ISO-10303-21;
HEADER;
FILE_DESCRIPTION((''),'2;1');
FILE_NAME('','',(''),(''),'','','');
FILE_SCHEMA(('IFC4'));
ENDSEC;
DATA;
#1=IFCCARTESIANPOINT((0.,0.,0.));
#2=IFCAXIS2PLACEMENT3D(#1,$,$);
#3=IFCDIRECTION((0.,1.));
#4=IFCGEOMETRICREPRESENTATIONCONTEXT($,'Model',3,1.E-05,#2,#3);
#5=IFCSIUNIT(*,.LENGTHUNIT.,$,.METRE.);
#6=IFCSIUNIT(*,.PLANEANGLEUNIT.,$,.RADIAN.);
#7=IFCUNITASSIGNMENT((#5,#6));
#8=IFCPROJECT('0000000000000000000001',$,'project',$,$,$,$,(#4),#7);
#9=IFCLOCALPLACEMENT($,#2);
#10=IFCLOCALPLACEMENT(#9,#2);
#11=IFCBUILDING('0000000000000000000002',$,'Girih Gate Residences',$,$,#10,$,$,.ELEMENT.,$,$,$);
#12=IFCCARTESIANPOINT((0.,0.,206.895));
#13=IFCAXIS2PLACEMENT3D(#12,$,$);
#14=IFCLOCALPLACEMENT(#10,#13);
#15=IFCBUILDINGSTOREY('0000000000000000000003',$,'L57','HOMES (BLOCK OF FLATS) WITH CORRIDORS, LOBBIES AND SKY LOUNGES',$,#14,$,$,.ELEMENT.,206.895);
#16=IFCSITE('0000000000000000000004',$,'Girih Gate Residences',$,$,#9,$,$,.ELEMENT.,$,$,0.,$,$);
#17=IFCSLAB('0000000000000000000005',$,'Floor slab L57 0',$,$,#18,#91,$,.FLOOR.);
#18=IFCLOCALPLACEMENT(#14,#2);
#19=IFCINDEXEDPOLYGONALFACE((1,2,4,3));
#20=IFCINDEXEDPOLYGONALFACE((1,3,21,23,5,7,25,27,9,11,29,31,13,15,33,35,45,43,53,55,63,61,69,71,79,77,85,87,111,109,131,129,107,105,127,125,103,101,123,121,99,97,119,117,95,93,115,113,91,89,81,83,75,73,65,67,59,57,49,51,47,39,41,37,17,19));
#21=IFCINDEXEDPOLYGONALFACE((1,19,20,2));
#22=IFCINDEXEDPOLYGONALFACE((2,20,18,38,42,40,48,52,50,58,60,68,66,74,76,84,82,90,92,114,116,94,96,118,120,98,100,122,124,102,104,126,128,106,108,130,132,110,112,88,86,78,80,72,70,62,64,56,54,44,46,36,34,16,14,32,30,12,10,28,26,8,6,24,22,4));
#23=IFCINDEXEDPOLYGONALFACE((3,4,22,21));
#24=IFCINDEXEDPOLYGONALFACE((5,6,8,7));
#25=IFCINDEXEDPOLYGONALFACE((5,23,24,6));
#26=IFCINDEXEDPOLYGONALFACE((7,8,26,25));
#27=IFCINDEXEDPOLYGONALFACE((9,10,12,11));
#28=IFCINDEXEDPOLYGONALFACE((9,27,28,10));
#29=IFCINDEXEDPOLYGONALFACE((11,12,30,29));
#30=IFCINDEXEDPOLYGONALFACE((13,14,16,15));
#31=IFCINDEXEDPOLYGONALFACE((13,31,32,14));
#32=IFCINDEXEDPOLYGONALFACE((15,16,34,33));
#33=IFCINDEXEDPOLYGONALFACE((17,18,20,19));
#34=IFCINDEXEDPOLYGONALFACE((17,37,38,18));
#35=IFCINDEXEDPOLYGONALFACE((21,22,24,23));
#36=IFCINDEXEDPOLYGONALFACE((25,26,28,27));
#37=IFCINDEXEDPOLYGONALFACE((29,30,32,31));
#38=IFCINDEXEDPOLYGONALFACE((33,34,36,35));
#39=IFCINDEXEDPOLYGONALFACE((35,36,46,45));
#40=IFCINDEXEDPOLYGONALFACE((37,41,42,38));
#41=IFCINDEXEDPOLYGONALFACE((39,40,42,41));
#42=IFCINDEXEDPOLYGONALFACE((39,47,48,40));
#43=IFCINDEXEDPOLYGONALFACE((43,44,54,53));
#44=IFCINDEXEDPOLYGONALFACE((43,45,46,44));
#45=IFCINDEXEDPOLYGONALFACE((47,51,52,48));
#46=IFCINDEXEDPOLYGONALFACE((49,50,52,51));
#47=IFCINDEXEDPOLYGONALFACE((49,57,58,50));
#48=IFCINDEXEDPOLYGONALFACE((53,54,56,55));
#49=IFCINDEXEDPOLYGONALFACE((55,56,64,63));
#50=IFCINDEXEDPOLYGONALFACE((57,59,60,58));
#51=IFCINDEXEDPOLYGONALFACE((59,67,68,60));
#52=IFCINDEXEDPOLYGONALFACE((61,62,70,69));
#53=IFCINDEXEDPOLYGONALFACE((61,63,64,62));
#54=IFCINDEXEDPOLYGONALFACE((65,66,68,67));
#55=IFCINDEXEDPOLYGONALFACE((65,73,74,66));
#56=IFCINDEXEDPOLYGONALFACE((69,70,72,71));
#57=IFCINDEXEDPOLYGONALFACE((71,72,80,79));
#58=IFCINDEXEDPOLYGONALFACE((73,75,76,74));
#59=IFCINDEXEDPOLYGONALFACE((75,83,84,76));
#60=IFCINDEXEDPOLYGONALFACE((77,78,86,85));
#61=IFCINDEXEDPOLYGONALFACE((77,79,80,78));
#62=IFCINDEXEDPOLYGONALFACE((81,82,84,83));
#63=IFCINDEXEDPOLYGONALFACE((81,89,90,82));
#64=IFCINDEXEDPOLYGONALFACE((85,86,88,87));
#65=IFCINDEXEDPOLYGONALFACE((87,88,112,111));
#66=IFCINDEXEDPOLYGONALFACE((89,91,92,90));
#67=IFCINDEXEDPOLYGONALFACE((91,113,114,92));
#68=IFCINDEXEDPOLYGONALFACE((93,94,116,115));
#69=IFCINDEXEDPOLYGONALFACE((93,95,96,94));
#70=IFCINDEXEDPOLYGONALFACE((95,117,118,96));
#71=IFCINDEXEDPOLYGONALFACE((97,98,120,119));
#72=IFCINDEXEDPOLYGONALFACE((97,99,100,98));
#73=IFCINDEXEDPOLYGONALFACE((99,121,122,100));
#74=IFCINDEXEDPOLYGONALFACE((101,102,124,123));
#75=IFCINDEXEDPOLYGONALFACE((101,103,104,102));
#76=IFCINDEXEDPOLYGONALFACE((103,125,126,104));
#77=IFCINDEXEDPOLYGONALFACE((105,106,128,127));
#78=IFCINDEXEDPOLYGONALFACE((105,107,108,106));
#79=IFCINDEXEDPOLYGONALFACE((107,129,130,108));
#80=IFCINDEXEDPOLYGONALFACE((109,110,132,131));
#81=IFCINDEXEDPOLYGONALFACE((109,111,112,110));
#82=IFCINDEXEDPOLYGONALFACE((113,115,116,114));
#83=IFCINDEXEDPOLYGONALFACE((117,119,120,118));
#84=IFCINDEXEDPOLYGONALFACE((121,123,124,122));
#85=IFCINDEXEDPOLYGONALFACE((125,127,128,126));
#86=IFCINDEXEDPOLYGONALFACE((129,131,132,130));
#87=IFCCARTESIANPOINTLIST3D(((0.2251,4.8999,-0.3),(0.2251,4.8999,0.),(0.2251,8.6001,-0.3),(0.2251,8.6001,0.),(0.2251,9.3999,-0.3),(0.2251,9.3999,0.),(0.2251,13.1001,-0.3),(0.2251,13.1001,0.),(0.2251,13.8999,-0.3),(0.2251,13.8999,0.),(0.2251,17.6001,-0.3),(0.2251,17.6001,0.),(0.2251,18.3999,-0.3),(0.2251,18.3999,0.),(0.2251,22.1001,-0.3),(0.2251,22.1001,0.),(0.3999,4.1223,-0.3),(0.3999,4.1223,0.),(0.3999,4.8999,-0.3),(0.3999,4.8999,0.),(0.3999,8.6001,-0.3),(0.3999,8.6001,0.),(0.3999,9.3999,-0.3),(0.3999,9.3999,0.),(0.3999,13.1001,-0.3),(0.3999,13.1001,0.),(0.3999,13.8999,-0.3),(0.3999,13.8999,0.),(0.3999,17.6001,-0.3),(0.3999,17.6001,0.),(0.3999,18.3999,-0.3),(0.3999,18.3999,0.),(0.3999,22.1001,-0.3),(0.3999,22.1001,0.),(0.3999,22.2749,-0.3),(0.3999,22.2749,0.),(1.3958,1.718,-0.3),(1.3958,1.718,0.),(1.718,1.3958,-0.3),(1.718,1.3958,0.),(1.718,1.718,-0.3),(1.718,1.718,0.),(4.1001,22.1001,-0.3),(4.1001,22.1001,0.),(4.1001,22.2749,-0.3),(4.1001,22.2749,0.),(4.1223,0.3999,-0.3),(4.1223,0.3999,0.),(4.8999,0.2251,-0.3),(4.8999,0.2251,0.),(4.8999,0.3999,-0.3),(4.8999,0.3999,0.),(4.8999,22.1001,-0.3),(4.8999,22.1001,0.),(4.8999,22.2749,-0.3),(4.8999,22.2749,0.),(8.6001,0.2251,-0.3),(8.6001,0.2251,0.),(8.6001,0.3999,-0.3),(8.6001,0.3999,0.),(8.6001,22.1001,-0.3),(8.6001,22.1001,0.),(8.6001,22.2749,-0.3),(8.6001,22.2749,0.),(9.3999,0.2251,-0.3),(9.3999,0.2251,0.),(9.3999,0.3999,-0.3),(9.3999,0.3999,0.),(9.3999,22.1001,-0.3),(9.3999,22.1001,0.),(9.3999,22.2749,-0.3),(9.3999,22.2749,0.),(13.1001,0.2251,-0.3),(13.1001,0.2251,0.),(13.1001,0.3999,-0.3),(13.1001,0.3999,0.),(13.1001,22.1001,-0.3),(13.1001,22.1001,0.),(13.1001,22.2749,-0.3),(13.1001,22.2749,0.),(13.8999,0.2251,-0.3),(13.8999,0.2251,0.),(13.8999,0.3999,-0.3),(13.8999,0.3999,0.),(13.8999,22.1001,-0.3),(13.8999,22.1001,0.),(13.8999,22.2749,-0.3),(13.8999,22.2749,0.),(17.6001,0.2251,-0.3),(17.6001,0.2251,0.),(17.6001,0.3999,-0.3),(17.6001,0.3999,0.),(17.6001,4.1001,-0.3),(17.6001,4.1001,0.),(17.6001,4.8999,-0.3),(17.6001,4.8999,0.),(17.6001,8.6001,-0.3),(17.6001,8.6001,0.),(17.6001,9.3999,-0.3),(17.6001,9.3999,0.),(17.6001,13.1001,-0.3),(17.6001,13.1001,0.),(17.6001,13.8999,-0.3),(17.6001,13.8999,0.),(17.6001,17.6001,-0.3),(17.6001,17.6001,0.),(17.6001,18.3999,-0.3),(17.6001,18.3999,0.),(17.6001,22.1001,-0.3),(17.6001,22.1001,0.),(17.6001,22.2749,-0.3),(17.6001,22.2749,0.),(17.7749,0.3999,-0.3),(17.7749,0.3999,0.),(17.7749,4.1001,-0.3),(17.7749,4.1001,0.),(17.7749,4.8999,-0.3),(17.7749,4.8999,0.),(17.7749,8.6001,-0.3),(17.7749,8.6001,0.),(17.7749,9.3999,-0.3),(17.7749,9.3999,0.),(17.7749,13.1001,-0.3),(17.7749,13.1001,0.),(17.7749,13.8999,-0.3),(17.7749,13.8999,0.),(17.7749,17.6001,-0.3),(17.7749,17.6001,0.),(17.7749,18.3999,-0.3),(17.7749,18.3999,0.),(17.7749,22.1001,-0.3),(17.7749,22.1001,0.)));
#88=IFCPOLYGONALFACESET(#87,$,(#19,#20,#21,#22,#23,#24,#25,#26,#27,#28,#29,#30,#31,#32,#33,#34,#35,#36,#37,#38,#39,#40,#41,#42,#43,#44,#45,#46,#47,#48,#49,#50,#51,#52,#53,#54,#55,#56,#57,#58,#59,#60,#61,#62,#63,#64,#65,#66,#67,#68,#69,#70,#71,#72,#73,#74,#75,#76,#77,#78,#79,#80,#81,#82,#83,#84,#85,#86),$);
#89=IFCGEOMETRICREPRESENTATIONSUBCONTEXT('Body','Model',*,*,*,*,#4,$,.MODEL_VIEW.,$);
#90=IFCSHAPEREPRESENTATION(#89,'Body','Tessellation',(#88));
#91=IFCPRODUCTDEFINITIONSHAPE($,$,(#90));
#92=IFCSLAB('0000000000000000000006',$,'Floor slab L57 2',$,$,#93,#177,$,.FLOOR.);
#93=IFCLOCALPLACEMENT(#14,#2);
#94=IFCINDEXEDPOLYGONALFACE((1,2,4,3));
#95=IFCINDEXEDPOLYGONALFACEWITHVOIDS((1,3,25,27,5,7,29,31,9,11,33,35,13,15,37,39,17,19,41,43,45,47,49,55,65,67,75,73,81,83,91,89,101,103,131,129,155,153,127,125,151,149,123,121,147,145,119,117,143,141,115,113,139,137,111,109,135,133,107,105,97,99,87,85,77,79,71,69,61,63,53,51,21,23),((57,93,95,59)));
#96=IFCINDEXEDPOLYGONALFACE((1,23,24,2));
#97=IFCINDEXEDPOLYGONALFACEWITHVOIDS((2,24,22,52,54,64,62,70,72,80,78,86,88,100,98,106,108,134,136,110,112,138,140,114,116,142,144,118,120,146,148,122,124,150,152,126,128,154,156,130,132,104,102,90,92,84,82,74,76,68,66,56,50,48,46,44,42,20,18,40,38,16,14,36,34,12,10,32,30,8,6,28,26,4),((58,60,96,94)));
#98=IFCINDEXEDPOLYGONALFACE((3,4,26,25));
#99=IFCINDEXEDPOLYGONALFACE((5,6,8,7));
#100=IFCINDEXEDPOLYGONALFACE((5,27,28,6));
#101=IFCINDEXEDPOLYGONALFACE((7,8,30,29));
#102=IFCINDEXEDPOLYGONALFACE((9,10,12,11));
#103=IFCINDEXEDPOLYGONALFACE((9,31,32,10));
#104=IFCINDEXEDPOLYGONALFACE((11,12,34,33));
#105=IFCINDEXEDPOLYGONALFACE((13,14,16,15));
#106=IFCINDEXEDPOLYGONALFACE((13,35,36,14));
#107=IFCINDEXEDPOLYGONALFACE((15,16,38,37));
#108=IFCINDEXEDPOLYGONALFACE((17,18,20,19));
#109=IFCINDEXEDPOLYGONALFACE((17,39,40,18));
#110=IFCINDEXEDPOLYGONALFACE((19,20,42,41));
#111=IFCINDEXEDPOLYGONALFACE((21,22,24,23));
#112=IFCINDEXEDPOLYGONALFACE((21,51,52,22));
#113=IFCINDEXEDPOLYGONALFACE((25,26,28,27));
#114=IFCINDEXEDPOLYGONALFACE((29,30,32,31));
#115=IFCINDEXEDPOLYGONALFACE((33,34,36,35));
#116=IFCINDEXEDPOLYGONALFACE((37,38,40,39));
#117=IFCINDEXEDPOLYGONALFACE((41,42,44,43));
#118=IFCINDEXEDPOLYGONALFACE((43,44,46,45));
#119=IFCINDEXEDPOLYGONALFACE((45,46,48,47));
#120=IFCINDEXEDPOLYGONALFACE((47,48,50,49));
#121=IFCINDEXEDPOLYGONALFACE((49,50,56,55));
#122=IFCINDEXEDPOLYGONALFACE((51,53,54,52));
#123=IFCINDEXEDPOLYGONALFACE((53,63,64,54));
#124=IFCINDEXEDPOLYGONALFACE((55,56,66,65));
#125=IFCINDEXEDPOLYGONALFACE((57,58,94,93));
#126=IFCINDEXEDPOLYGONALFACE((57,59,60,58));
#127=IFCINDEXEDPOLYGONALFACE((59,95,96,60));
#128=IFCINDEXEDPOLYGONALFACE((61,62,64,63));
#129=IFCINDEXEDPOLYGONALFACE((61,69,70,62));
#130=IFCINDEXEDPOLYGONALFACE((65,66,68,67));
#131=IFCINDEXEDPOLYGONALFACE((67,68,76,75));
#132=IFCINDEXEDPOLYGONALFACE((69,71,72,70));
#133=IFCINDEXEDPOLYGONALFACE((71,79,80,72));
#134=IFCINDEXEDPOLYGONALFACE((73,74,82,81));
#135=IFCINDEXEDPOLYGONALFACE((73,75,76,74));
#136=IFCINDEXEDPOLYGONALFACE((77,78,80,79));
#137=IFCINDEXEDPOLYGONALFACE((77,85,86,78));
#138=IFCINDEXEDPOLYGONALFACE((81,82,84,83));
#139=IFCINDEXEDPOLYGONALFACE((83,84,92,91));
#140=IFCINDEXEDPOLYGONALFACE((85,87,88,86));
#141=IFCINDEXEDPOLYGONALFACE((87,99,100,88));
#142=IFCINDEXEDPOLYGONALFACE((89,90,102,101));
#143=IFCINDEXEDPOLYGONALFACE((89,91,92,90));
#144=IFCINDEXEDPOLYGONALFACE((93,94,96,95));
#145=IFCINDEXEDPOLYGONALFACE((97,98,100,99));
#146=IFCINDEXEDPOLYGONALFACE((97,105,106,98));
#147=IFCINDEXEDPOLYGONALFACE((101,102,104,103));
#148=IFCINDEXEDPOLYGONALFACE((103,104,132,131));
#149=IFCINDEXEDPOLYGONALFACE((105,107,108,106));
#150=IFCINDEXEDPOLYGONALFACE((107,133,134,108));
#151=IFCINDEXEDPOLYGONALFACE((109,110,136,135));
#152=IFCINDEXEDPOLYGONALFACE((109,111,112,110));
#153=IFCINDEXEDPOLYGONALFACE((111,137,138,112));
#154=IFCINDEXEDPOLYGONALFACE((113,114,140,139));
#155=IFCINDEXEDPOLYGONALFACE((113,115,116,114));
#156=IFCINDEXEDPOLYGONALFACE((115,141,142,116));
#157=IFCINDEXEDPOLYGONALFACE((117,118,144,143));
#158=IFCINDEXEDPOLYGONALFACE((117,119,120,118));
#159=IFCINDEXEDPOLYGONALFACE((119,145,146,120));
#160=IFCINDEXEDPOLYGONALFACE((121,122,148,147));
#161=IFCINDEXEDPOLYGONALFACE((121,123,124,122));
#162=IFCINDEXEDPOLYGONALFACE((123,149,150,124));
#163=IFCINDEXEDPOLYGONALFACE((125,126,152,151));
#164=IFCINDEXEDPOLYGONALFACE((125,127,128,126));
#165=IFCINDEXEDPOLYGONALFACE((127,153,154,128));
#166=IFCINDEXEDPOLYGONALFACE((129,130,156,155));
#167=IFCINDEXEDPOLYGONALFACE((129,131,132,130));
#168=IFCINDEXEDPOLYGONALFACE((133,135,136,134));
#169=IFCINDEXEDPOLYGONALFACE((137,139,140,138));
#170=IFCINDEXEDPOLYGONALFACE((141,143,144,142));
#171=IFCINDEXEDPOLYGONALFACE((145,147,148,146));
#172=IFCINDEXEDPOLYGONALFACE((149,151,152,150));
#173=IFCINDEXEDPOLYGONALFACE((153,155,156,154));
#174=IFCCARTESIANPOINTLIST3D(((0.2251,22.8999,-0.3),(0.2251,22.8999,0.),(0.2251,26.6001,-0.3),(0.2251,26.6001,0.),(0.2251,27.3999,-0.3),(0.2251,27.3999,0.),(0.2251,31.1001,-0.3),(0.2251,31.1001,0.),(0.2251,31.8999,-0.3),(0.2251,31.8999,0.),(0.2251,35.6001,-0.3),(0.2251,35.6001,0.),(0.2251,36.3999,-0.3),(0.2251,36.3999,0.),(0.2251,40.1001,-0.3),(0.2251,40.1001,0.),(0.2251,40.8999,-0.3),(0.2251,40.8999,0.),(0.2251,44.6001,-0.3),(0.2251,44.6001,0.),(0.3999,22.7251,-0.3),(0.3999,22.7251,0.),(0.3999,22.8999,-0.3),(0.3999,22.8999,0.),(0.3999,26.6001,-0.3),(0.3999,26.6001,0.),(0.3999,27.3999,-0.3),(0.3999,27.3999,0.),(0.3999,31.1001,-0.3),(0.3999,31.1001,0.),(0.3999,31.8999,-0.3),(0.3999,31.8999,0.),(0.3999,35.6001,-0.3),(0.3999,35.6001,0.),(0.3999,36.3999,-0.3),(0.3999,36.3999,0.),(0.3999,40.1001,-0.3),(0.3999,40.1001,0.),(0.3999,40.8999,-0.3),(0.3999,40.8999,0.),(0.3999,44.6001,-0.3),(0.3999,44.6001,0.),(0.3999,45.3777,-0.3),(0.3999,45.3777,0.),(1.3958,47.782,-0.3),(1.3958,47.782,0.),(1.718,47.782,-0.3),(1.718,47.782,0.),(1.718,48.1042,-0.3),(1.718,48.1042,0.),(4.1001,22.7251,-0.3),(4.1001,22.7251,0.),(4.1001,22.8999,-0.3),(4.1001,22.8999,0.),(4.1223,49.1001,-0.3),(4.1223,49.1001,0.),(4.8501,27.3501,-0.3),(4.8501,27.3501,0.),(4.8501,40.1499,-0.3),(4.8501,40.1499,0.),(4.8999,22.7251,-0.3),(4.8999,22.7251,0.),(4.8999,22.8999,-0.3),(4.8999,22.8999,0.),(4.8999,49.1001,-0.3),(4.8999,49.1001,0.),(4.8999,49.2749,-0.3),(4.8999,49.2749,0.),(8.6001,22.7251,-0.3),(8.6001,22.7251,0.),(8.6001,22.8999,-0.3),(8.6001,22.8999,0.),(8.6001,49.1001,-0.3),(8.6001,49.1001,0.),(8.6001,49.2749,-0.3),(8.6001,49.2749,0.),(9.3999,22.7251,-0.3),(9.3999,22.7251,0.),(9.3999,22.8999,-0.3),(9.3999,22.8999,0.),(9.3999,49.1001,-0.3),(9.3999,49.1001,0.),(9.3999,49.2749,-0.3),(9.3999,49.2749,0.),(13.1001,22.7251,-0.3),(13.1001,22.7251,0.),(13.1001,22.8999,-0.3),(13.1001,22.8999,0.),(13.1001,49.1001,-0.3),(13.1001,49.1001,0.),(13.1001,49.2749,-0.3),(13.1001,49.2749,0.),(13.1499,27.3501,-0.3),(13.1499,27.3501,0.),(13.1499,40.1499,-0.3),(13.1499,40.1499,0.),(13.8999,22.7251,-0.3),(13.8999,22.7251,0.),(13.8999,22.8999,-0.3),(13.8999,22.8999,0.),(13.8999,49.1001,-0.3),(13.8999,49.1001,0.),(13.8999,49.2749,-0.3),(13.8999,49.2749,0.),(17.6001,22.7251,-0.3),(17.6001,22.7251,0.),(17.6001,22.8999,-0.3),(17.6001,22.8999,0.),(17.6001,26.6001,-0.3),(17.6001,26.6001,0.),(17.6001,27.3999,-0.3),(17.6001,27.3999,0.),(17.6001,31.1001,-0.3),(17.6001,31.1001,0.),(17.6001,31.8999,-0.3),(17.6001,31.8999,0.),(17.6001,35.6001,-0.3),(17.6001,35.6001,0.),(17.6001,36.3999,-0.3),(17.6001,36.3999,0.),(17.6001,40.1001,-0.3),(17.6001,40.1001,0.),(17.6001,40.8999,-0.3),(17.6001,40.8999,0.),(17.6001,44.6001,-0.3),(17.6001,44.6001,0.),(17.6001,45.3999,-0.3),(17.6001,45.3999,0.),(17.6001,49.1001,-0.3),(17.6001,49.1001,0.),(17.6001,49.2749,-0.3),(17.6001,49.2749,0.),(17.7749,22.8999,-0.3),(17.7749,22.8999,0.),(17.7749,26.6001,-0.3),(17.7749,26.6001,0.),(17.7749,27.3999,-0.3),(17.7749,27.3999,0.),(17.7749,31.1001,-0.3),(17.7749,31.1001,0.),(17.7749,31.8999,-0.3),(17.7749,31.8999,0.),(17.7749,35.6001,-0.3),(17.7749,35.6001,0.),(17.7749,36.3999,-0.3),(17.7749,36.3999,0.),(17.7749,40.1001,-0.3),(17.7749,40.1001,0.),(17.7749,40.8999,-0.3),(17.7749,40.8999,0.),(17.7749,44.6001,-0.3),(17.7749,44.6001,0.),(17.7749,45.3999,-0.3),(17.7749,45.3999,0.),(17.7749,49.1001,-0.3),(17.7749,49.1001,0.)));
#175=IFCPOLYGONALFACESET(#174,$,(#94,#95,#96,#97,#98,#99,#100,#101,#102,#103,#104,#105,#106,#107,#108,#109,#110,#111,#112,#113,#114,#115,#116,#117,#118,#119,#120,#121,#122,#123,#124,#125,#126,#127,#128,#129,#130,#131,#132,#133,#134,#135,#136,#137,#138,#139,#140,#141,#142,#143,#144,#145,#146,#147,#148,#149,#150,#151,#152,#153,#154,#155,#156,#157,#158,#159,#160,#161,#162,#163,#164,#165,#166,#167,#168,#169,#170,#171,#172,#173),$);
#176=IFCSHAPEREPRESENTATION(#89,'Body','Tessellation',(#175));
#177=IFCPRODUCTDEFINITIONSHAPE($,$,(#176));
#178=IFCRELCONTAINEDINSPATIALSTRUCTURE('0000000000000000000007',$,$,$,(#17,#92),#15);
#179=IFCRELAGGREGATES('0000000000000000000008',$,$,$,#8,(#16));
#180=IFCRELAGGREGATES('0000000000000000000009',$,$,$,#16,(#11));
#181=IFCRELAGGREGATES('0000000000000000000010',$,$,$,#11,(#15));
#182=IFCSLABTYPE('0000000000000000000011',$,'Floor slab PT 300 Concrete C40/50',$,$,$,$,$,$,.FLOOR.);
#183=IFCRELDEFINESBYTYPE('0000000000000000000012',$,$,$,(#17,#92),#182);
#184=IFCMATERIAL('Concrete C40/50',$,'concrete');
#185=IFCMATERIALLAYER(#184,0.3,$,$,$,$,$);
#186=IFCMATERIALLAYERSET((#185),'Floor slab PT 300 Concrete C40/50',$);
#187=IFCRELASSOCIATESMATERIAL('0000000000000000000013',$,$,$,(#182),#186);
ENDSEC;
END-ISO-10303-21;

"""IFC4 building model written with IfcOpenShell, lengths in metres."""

from ifc_helpers import new_model, si_unit, direction, frame, origin, place, context, subcontext, project, spatial, polyline, outline, extrude, material, layer, layer_set, type_object, element, save


model = new_model("IFC4")

# Units and contexts
model_context = context("Model", 3, precision=1e-05, world=origin(), true_north=direction((0.0, 1.0)))
body_context = subcontext(model_context, "Body", "Model", "MODEL_VIEW")
ifc_project = project(units=[si_unit("LENGTHUNIT", "METRE"), si_unit("PLANEANGLEUNIT", "RADIAN")], contexts=[model_context])

# Site, building, storey
site_placement = place(None, origin())
site = spatial("IfcSite", under=ifc_project, at=site_placement, Name="Girih Gate Residences", CompositionType="ELEMENT", RefElevation=0.0)
building_placement = place(site_placement, origin())
building = spatial("IfcBuilding", under=site, at=building_placement, Name="Girih Gate Residences", CompositionType="ELEMENT")
storey_placement = place(building_placement, frame((0.0, 0.0, 206.895)))
storey = spatial("IfcBuildingStorey", under=building, at=storey_placement, Name="L57", Description="HOMES (BLOCK OF FLATS) WITH CORRIDORS, LOBBIES AND SKY LOUNGES", CompositionType="ELEMENT", Elevation=206.895)

# Slabs
ifc_material_1 = material(Name="Concrete C40/50", Category="concrete")
ifc_layer_1 = layer(ifc_material_1, 0.3)
ifc_layer_set_1 = layer_set([ifc_layer_1], Name="Floor slab PT 300 Concrete C40/50")
slab_type_1 = type_object("IfcSlabType", Name="Floor slab PT 300 Concrete C40/50", PredefinedType="FLOOR", material=ifc_layer_set_1)
slab_1_placement = place(storey_placement, frame((0.0, 0.0, -0.3)))
element("IfcSlab", 1, at=slab_1_placement, inside=storey, type_object=slab_type_1, Name="Floor slab L57 0", PredefinedType="FLOOR", context=body_context, shape_type="SweptSolid", body=[
    extrude(outline(polyline([(13.8999, 0.2251), (17.6001, 0.2251), (17.6001, 0.3999), (17.7749, 0.3999), (17.7749, 4.1001), (17.6001, 4.1001), (17.6001, 4.8999), (17.7749, 4.8999), (17.7749, 8.6001), (17.6001, 8.6001), (17.6001, 9.3999), (17.7749, 9.3999), (17.7749, 13.1001), (17.6001, 13.1001), (17.6001, 13.8999), (17.7749, 13.8999), (17.7749, 17.6001), (17.6001, 17.6001), (17.6001, 18.3999), (17.7749, 18.3999), (17.7749, 22.1001), (17.6001, 22.1001), (17.6001, 22.2749), (13.8999, 22.2749), (13.8999, 22.1001), (13.1001, 22.1001), (13.1001, 22.2749), (9.3999, 22.2749), (9.3999, 22.1001), (8.6001, 22.1001), (8.6001, 22.2749), (4.8999, 22.2749), (4.8999, 22.1001), (4.1001, 22.1001), (4.1001, 22.2749), (0.3999, 22.2749), (0.3999, 22.1001), (0.2251, 22.1001), (0.2251, 18.3999), (0.3999, 18.3999), (0.3999, 17.6001), (0.2251, 17.6001), (0.2251, 13.8999), (0.3999, 13.8999), (0.3999, 13.1001), (0.2251, 13.1001), (0.2251, 9.3999), (0.3999, 9.3999), (0.3999, 8.6001), (0.2251, 8.6001), (0.2251, 4.8999), (0.3999, 4.8999), (0.3999, 4.1223), (1.3958, 1.718), (1.718, 1.718), (1.718, 1.3958), (4.1223, 0.3999), (4.8999, 0.3999), (4.8999, 0.2251), (8.6001, 0.2251), (8.6001, 0.3999), (9.3999, 0.3999), (9.3999, 0.2251), (13.1001, 0.2251), (13.1001, 0.3999), (13.8999, 0.3999), (13.8999, 0.2251)])), origin(), (0.0, 0.0, 1.0), 0.3),
])
slab_2_placement = place(storey_placement, frame((0.0, 0.0, -0.3)))
element("IfcSlab", 2, at=slab_2_placement, inside=storey, type_object=slab_type_1, Name="Floor slab L57 2", PredefinedType="FLOOR", context=body_context, shape_type="SweptSolid", body=[
    extrude(outline(polyline([(0.2251, 26.6001), (0.2251, 22.8999), (0.3999, 22.8999), (0.3999, 22.7251), (4.1001, 22.7251), (4.1001, 22.8999), (4.8999, 22.8999), (4.8999, 22.7251), (8.6001, 22.7251), (8.6001, 22.8999), (9.3999, 22.8999), (9.3999, 22.7251), (13.1001, 22.7251), (13.1001, 22.8999), (13.8999, 22.8999), (13.8999, 22.7251), (17.6001, 22.7251), (17.6001, 22.8999), (17.7749, 22.8999), (17.7749, 26.6001), (17.6001, 26.6001), (17.6001, 27.3999), (17.7749, 27.3999), (17.7749, 31.1001), (17.6001, 31.1001), (17.6001, 31.8999), (17.7749, 31.8999), (17.7749, 35.6001), (17.6001, 35.6001), (17.6001, 36.3999), (17.7749, 36.3999), (17.7749, 40.1001), (17.6001, 40.1001), (17.6001, 40.8999), (17.7749, 40.8999), (17.7749, 44.6001), (17.6001, 44.6001), (17.6001, 45.3999), (17.7749, 45.3999), (17.7749, 49.1001), (17.6001, 49.1001), (17.6001, 49.2749), (13.8999, 49.2749), (13.8999, 49.1001), (13.1001, 49.1001), (13.1001, 49.2749), (9.3999, 49.2749), (9.3999, 49.1001), (8.6001, 49.1001), (8.6001, 49.2749), (4.8999, 49.2749), (4.8999, 49.1001), (4.1223, 49.1001), (1.718, 48.1042), (1.718, 47.782), (1.3958, 47.782), (0.3999, 45.3777), (0.3999, 44.6001), (0.2251, 44.6001), (0.2251, 40.8999), (0.3999, 40.8999), (0.3999, 40.1001), (0.2251, 40.1001), (0.2251, 36.3999), (0.3999, 36.3999), (0.3999, 35.6001), (0.2251, 35.6001), (0.2251, 31.8999), (0.3999, 31.8999), (0.3999, 31.1001), (0.2251, 31.1001), (0.2251, 27.3999), (0.3999, 27.3999), (0.3999, 26.6001), (0.2251, 26.6001)]), holes=[polyline([(13.1499, 40.1499), (13.1499, 27.3501), (4.8501, 27.3501), (4.8501, 40.1499), (13.1499, 40.1499)])]), origin(), (0.0, 0.0, 1.0), 0.3),
])

save(model, "model.ifc")
